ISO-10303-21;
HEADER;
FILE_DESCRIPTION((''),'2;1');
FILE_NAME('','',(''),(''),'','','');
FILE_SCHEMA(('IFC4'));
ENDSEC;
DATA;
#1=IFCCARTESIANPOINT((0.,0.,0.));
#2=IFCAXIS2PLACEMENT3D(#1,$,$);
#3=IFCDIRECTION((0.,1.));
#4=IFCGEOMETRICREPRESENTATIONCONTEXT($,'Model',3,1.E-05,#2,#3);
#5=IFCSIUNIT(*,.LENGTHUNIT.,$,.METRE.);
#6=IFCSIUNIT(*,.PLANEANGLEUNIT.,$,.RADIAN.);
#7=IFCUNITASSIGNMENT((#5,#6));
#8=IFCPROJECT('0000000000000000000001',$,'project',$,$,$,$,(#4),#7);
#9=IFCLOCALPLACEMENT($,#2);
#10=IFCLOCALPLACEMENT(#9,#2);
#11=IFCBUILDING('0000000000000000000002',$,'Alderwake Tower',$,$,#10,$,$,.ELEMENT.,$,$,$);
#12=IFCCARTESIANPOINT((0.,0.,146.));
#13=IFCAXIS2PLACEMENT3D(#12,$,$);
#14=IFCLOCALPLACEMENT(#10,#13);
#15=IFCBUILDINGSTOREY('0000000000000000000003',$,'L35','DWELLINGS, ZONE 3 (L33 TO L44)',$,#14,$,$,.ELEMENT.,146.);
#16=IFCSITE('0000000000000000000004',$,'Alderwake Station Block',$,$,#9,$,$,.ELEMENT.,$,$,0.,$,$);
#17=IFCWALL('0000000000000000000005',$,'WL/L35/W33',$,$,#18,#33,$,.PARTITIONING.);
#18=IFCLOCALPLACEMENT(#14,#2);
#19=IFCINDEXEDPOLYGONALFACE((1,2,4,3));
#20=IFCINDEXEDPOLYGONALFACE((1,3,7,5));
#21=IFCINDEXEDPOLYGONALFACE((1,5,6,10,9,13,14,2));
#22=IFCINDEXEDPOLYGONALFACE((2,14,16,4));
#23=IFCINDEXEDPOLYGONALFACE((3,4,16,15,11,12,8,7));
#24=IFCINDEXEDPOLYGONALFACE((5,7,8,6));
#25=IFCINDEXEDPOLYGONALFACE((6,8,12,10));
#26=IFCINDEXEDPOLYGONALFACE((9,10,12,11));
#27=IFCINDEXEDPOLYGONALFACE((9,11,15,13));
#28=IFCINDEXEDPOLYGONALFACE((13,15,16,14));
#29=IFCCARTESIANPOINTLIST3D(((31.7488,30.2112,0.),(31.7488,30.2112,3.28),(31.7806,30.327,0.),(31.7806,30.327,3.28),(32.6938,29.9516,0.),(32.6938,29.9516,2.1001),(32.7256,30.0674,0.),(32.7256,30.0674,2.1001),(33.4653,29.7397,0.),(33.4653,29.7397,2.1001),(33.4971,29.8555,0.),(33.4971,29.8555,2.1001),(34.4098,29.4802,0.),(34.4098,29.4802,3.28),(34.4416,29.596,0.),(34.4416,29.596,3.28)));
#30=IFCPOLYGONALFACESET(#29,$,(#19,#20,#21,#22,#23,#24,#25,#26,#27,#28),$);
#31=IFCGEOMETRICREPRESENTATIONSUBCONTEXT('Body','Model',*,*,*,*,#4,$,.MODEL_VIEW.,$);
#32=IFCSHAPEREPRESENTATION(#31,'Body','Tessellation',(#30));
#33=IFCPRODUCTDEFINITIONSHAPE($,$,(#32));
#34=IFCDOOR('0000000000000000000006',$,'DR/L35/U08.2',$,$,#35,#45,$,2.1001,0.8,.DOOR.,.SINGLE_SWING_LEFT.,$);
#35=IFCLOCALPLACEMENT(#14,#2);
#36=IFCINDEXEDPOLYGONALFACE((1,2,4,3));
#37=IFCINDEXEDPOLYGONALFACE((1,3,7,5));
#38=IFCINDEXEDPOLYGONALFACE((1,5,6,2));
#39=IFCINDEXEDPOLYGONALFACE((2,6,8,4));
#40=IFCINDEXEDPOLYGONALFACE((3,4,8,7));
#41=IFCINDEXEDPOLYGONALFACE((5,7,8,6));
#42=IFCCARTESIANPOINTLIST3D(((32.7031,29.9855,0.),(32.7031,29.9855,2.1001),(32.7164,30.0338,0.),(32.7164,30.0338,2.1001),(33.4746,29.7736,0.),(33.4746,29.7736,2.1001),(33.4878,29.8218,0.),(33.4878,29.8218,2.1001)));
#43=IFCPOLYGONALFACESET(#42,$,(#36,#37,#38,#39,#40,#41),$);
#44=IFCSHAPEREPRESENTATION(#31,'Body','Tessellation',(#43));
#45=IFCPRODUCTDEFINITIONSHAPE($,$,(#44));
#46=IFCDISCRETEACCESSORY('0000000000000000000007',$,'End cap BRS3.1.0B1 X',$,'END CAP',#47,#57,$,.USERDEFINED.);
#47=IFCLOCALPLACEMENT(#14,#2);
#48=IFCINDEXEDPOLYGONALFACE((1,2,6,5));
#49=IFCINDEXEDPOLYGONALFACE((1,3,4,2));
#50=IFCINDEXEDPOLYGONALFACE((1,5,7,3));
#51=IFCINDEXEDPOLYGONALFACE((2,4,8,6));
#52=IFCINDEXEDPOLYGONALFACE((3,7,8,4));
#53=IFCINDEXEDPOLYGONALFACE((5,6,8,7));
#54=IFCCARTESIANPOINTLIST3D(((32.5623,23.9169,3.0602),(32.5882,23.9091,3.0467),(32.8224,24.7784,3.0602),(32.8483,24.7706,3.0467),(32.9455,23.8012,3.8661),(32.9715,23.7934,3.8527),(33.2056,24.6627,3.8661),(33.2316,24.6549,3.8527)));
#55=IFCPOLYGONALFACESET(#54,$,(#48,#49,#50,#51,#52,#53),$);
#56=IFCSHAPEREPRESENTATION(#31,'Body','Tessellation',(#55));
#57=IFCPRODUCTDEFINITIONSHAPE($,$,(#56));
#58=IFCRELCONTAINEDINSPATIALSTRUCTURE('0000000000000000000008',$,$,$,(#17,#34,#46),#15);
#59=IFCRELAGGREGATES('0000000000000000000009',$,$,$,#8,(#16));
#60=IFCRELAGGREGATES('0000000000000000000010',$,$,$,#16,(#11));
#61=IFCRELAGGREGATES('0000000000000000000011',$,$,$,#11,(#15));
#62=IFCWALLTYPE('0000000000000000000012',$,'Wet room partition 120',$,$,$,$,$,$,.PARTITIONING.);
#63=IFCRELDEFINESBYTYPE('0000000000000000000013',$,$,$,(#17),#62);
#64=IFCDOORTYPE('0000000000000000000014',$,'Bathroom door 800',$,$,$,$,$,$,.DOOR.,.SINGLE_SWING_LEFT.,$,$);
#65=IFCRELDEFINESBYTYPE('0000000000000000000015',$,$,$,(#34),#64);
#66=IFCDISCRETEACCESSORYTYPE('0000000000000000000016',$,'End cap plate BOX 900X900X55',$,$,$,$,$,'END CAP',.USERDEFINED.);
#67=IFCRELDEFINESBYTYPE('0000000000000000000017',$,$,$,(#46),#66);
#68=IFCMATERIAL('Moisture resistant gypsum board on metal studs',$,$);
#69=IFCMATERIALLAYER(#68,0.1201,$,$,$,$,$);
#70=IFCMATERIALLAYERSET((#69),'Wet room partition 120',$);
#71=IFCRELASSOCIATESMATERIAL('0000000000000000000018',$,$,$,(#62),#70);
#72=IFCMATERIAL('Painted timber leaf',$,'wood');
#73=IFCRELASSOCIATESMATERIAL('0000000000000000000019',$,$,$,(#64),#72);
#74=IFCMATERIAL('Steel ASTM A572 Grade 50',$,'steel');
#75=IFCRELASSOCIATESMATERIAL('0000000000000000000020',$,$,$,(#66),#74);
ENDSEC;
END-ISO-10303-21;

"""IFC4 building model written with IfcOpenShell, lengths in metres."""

from ifc_helpers import new_model, si_unit, direction, frame, frame_2d, origin, origin_2d, place, context, subcontext, project, spatial, rectangle, extrude, material, layer, layer_set, material_profile, profile_set, type_object, element, fill, save


model = new_model("IFC4")

# Units and contexts
model_context = context("Model", 3, precision=1e-05, world=origin(), true_north=direction((0.0, 1.0)))
body_context = subcontext(model_context, "Body", "Model", "MODEL_VIEW")
ifc_project = project(units=[si_unit("LENGTHUNIT", "METRE"), si_unit("PLANEANGLEUNIT", "RADIAN")], contexts=[model_context])

# Site, building, storey
site_placement = place(None, origin())
site = spatial("IfcSite", under=ifc_project, at=site_placement, Name="Alderwake Station Block", CompositionType="ELEMENT", RefElevation=0.0)
building_placement = place(site_placement, origin())
building = spatial("IfcBuilding", under=site, at=building_placement, Name="Alderwake Tower", CompositionType="ELEMENT")
storey_placement = place(building_placement, frame((0.0, 0.0, 146.0)))
storey = spatial("IfcBuildingStorey", under=building, at=storey_placement, Name="L35", Description="DWELLINGS, ZONE 3 (L33 TO L44)", CompositionType="ELEMENT", Elevation=146.0)

# Shared definitions
ifc_material_1 = material(Name="Moisture resistant gypsum board on metal studs")
ifc_layer_1 = layer(ifc_material_1, 0.1201)
ifc_layer_set_1 = layer_set([ifc_layer_1], Name="Wet room partition 120")
wall_type_1 = type_object("IfcWallType", Name="Wet room partition 120", PredefinedType="PARTITIONING", material=ifc_layer_set_1)

# Wall, opening, door
wall_1_placement = place(storey_placement, frame((34.4258, 29.5381, 0.0), z_axis=(0.0, 0.0, 1.0), x_axis=(-0.964278, 0.264891, 0.0)))
wall_1 = element("IfcWall", 1, at=wall_1_placement, inside=storey, type_object=wall_type_1, Name="WL/L35/W33", PredefinedType="PARTITIONING", context=body_context, shape_type="SweptSolid", body=[
    extrude(rectangle(XDim=2.7595, YDim=0.1201, at=frame_2d((1.3799, 0.0))), origin(), (0.0, 0.0, 1.0), 3.28),
])
opening_1_placement = place(wall_1_placement, frame((0.9797, 0.0, 0.0)))
opening_1 = element("IfcOpeningElement", 2, at=opening_1_placement, cuts=wall_1, PredefinedType="OPENING", context=body_context, shape_type="SweptSolid", body=[
    extrude(rectangle(XDim=0.8, YDim=2.1001, at=frame_2d((0.3999, 1.05))), frame((0.0, 0.0701, 0.0), z_axis=(0.0, -1.0, 0.0), x_axis=(1.0, 0.0, 0.0)), (0.0, 0.0, 1.0), 0.1401),
])
ifc_material_2 = material(Name="Painted timber leaf", Category="wood")
door_type_1 = type_object("IfcDoorType", Name="Bathroom door 800", OperationType="SINGLE_SWING_LEFT", PredefinedType="DOOR", material=ifc_material_2)
door_1_placement = place(opening_1_placement, origin())
door_1 = element("IfcDoor", 3, at=door_1_placement, inside=storey, type_object=door_type_1, Name="DR/L35/U08.2", OperationType="SINGLE_SWING_LEFT", OverallHeight=2.1001, OverallWidth=0.8, PredefinedType="DOOR", context=body_context, shape_type="SweptSolid", body=[
    extrude(rectangle(XDim=0.8, YDim=2.1001, at=frame_2d((0.3999, 1.05))), frame((0.0, 0.0249, 0.0), z_axis=(0.0, -1.0, 0.0), x_axis=(1.0, 0.0, 0.0)), (0.0, 0.0, 1.0), 0.05),
])
fill(opening_1, door_1)

# Discrete accessory
ifc_material_3 = material(Name="Steel ASTM A572 Grade 50", Category="steel")
ifc_material_profile_1 = material_profile(ifc_material_3, rectangle(XDim=0.8999, YDim=0.8999, at=origin_2d()), Name="BOX 900X900X55 cap")
ifc_profile_set_1 = profile_set([ifc_material_profile_1], Name="Steel ASTM A572 Grade 50")
discrete_accessory_type = type_object("IfcDiscreteAccessoryType", Name="End cap plate BOX 900X900X55", ElementType="END CAP", PredefinedType="USERDEFINED", material=ifc_profile_set_1)
discrete_accessory_placement = place(storey_placement, frame((32.9099, 24.282, 3.4497), z_axis=(-0.85738, 0.258832, 0.444867), x_axis=(-0.289005, -0.957328, 0.0)))
element("IfcDiscreteAccessory", 4, at=discrete_accessory_placement, inside=storey, type_object=discrete_accessory_type, Name="End cap BRS3.1.0B1 X", ObjectType="END CAP", PredefinedType="USERDEFINED", context=body_context, shape_type="SweptSolid", body=[
    extrude(rectangle(XDim=0.8999, YDim=0.8999, at=origin_2d()), origin(), (0.0, 0.0, 1.0), 0.0303),
])

save(model, "model.ifc")
